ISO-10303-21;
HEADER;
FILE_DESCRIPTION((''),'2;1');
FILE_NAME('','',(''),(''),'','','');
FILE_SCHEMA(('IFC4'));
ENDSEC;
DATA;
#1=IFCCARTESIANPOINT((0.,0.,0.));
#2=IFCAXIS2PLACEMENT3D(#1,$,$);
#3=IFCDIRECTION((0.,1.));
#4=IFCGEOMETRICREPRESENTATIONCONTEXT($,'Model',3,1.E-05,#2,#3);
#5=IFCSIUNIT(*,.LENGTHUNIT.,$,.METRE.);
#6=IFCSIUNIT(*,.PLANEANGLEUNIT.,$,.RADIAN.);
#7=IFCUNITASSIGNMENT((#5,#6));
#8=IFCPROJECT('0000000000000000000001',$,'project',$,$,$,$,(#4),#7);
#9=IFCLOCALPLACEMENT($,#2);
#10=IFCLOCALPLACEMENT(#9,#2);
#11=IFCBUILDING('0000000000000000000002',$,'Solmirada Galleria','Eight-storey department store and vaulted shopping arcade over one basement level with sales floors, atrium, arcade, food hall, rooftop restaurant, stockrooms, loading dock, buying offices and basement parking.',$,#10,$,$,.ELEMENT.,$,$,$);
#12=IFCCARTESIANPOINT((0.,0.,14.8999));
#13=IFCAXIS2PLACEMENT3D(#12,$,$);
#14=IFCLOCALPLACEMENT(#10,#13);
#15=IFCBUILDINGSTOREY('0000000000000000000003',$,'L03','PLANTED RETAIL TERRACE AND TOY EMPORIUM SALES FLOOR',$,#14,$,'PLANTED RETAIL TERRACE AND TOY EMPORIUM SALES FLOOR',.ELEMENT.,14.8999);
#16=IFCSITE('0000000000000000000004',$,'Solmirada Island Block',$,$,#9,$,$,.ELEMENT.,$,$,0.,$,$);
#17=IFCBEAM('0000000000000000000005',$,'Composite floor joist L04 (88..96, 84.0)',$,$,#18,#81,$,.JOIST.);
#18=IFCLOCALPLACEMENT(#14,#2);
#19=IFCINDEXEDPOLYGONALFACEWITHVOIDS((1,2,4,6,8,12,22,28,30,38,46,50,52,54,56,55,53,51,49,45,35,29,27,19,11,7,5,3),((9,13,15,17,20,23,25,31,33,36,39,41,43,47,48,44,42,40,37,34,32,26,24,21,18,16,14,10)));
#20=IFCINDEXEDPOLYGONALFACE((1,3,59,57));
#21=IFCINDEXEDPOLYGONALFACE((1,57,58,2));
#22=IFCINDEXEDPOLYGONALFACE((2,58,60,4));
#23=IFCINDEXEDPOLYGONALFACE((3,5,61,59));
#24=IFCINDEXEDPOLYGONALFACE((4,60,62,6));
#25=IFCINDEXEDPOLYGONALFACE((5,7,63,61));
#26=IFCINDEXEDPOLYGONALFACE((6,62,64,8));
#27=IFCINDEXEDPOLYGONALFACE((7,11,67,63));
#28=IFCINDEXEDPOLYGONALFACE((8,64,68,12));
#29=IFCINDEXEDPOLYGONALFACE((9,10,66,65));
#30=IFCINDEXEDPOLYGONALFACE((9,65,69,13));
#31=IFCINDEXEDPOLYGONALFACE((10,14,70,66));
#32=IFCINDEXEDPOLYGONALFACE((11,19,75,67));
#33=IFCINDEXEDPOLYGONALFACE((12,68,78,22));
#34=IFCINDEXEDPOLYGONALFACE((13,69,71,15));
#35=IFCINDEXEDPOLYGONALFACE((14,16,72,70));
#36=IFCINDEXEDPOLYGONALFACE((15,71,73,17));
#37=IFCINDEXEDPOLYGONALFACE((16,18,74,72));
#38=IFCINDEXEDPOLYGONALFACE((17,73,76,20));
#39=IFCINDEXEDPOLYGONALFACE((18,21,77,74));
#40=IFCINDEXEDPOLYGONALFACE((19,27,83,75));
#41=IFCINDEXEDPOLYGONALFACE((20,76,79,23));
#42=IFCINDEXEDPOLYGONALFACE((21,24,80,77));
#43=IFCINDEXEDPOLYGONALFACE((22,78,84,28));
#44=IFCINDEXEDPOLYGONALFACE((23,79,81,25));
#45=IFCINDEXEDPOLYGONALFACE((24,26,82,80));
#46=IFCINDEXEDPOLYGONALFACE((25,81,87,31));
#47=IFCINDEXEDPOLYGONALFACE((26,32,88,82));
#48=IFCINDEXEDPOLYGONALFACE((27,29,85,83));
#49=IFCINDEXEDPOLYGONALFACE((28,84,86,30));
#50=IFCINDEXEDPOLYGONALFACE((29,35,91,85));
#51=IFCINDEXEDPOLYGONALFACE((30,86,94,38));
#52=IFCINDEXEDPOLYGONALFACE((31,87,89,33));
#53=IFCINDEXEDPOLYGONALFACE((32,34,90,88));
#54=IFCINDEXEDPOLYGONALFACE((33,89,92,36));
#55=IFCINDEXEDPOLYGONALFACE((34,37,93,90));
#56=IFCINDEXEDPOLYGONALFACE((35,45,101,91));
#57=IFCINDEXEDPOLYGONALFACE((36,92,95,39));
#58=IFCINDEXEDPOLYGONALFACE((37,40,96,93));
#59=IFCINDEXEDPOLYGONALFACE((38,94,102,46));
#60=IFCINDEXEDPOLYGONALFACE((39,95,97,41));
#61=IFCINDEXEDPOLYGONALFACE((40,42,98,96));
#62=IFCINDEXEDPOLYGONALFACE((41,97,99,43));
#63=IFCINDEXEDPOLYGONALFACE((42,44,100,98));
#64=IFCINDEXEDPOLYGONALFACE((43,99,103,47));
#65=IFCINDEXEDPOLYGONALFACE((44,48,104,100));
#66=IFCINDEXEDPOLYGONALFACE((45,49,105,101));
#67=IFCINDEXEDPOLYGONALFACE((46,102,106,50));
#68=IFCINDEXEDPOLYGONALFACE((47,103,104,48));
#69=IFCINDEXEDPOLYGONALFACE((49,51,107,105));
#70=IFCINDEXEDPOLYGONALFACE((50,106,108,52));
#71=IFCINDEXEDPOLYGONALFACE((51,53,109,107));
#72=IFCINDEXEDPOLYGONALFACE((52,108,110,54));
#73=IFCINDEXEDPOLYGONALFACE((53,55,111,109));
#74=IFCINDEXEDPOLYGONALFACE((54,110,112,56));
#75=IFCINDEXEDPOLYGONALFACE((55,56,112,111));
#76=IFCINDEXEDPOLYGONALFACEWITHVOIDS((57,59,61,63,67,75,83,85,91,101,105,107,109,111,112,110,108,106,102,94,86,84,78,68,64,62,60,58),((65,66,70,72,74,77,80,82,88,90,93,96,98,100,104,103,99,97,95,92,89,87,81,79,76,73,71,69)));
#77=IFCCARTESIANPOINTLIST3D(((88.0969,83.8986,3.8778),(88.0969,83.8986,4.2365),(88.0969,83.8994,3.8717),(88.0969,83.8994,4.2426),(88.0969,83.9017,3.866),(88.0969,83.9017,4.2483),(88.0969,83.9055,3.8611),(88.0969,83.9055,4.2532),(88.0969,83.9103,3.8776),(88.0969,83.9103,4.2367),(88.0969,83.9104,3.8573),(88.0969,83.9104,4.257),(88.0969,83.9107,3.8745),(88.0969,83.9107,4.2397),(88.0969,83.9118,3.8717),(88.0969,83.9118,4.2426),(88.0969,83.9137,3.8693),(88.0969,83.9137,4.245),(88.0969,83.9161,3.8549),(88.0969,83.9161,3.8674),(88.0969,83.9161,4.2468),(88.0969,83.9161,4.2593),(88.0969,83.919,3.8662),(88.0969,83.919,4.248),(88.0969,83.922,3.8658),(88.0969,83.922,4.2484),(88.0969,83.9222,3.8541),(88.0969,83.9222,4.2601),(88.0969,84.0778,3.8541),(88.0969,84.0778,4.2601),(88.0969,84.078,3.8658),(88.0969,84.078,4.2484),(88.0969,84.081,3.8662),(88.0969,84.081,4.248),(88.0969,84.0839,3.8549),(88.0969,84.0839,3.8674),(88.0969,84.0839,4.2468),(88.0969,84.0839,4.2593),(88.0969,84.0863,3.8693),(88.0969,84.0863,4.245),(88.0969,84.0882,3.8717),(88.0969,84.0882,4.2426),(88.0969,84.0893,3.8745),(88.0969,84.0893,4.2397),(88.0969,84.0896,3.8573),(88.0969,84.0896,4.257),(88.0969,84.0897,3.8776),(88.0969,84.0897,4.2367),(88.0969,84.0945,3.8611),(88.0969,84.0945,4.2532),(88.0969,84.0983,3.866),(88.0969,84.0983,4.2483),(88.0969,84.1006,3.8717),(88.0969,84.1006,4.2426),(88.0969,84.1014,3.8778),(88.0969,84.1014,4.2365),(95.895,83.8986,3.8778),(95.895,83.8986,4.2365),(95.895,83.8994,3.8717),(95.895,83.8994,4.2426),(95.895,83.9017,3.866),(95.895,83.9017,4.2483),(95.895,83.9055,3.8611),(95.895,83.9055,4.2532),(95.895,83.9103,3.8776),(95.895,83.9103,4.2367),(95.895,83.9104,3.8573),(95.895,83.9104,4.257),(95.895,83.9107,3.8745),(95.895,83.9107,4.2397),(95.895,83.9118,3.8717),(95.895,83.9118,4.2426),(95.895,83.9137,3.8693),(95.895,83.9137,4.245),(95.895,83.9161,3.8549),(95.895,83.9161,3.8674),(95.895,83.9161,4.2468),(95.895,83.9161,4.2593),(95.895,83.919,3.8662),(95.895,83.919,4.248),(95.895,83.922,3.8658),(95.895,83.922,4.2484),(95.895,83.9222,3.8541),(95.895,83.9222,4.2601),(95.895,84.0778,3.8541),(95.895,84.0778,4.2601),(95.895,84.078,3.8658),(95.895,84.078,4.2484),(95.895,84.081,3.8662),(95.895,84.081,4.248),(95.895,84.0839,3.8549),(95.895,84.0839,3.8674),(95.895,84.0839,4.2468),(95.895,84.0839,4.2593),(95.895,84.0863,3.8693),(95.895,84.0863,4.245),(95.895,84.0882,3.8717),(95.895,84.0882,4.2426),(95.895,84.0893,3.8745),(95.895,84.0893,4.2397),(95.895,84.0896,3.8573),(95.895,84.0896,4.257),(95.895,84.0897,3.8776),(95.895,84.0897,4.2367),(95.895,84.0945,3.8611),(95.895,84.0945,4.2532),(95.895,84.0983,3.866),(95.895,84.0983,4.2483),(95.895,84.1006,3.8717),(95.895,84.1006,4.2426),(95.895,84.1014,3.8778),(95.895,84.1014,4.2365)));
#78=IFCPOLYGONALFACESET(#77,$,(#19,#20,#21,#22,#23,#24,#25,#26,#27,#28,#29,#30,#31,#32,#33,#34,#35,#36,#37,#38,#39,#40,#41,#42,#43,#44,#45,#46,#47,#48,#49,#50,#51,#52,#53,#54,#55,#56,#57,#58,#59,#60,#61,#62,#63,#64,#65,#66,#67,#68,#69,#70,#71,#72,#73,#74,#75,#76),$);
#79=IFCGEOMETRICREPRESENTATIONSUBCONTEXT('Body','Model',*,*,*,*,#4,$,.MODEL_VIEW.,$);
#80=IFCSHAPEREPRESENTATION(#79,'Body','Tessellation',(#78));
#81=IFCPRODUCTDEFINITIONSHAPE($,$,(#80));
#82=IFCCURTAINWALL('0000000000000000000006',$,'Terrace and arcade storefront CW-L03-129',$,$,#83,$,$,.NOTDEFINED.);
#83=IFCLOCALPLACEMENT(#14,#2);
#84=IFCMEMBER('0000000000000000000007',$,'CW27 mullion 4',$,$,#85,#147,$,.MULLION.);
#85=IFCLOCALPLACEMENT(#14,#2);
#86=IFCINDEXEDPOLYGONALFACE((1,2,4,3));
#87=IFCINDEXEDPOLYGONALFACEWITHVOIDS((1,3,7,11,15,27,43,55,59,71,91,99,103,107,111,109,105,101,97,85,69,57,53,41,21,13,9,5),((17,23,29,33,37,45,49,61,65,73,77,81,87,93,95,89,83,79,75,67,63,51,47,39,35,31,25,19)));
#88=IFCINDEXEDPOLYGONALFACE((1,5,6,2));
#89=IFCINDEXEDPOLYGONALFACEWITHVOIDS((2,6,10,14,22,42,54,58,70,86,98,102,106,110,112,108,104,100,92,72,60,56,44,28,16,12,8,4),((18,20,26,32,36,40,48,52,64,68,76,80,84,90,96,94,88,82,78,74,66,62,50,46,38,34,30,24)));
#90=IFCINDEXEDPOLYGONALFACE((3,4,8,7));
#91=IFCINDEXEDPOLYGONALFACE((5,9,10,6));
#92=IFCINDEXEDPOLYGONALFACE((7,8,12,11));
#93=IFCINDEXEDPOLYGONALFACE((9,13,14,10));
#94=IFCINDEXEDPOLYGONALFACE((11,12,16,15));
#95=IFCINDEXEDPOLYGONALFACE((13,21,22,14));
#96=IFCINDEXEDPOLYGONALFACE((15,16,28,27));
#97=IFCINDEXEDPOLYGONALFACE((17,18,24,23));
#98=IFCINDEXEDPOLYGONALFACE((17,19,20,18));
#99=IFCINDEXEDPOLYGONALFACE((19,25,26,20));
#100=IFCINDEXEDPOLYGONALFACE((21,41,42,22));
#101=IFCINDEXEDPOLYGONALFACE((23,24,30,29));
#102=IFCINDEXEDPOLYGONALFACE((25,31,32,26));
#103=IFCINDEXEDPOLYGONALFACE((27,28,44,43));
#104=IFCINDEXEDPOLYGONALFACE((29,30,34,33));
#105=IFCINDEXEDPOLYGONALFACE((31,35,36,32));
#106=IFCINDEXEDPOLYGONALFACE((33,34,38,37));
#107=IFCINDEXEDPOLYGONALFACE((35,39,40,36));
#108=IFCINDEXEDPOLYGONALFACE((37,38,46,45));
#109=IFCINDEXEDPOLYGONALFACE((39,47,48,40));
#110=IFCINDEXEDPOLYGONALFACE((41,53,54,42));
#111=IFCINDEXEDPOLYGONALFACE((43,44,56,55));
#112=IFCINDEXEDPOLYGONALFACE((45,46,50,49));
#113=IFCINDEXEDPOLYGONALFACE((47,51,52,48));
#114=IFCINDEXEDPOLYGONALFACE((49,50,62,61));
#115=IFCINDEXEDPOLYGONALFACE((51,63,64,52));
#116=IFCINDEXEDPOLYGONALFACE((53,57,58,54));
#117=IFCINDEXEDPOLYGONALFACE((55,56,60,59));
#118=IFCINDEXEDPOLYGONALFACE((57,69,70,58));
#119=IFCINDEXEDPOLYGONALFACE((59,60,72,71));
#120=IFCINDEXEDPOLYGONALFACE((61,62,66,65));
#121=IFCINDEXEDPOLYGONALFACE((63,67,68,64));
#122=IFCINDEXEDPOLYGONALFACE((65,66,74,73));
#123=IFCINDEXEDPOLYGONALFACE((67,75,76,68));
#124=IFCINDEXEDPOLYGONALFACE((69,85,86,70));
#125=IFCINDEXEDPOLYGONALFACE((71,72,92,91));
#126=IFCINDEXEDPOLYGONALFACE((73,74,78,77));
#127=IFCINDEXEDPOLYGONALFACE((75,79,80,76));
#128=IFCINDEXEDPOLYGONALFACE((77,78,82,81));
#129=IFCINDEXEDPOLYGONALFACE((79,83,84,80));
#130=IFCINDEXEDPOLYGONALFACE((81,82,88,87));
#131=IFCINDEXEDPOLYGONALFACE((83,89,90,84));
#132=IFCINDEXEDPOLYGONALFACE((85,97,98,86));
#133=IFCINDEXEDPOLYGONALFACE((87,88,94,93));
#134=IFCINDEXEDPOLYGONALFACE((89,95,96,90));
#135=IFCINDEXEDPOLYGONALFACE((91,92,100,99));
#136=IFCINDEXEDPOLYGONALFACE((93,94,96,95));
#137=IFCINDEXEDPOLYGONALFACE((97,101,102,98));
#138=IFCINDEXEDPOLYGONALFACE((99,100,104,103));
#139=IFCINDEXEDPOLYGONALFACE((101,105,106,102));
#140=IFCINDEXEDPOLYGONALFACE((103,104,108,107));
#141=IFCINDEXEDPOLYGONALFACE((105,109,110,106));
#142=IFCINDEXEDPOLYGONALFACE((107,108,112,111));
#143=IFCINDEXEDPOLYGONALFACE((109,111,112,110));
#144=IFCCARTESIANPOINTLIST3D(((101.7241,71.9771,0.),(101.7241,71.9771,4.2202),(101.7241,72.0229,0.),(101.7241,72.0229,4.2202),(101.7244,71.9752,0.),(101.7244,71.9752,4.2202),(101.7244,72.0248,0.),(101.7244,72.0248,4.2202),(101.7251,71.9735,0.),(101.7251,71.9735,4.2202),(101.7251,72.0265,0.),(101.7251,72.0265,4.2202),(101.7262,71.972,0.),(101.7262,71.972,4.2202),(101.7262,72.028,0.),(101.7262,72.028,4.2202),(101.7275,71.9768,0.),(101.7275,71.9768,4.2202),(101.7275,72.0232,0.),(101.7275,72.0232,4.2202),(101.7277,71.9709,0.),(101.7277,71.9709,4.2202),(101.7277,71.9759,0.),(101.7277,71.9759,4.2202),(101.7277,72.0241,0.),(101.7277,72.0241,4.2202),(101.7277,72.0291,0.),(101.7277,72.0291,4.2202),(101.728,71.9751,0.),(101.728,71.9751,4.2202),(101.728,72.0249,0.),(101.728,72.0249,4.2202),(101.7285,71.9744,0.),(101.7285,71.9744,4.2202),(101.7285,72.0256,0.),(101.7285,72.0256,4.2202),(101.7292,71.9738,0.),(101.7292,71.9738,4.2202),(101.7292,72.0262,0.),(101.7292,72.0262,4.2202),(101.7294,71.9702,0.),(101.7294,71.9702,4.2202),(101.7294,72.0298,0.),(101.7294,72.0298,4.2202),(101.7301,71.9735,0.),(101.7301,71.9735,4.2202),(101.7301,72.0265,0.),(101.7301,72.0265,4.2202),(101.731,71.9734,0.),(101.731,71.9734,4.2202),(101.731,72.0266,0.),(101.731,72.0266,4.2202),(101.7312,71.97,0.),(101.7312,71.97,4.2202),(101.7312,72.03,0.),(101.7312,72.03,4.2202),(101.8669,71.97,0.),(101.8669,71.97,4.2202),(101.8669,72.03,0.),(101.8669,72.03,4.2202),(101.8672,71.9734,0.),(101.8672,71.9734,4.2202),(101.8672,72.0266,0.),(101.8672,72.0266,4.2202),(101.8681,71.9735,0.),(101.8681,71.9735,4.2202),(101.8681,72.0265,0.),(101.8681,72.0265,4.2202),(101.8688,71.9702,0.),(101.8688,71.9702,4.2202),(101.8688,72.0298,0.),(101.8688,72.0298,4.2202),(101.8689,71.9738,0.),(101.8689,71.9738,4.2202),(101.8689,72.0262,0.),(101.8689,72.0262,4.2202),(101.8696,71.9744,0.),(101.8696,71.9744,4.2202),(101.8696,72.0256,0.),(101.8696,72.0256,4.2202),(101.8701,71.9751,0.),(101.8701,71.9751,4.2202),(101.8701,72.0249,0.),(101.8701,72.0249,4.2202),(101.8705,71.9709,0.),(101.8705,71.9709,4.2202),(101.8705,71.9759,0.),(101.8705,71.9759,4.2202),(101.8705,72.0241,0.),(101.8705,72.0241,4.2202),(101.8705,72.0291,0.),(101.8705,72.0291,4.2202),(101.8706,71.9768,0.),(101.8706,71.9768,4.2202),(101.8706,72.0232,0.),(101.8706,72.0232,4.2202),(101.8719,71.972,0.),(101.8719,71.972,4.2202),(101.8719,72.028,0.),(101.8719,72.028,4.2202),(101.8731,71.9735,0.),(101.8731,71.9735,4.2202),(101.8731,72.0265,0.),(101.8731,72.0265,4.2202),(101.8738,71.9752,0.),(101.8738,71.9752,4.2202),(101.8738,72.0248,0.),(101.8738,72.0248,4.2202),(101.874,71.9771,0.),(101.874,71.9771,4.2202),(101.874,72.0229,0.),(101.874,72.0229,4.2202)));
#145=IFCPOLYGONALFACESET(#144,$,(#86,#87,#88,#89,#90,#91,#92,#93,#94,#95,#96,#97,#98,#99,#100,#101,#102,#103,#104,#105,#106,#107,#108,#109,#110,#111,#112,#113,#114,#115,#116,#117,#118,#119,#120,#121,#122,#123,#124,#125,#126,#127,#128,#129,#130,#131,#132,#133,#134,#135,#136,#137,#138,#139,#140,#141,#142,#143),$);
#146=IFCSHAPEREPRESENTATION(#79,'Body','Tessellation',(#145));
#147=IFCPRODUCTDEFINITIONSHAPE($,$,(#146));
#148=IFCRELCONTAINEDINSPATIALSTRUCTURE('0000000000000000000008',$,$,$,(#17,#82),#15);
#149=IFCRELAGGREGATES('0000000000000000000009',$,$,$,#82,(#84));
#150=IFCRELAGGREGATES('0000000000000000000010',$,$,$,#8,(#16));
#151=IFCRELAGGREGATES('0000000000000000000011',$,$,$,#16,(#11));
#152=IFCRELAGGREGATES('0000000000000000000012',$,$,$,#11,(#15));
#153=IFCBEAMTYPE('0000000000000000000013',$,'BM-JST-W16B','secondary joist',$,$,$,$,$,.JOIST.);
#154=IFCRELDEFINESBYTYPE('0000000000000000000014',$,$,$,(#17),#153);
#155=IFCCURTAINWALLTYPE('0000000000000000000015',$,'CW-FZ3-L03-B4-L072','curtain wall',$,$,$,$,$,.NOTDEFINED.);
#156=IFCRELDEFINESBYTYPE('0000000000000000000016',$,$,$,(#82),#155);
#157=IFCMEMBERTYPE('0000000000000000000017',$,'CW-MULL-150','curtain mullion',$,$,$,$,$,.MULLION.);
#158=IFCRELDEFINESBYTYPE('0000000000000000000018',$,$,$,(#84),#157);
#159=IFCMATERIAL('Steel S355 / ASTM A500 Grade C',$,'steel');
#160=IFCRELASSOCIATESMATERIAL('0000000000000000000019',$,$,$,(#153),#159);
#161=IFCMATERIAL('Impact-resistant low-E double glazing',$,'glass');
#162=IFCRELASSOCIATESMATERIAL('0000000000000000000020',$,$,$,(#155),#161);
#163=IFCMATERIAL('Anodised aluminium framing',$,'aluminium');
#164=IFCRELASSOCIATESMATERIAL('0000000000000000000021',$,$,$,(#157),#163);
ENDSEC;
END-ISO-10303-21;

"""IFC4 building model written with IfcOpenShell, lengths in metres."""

from ifc_helpers import new_model, si_unit, direction, frame, origin, origin_2d, place, context, subcontext, project, spatial, hollow_rectangle, extrude, material, material_profile, profile_set, type_object, element, aggregate, save


model = new_model("IFC4")

# Units and contexts
model_context = context("Model", 3, precision=1e-05, world=origin(), true_north=direction((0.0, 1.0)))
body_context = subcontext(model_context, "Body", "Model", "MODEL_VIEW")
ifc_project = project(units=[si_unit("LENGTHUNIT", "METRE"), si_unit("PLANEANGLEUNIT", "RADIAN")], contexts=[model_context])

# Site, building, storey
site_placement = place(None, origin())
site = spatial("IfcSite", under=ifc_project, at=site_placement, Name="Solmirada Island Block", CompositionType="ELEMENT", RefElevation=0.0)
building_placement = place(site_placement, origin())
building = spatial("IfcBuilding", under=site, at=building_placement, Name="Solmirada Galleria", Description="Eight-storey department store and vaulted shopping arcade over one basement level with sales floors, atrium, arcade, food hall, rooftop restaurant, stockrooms, loading dock, buying offices and basement parking.", CompositionType="ELEMENT")
storey_placement = place(building_placement, frame((0.0, 0.0, 14.8999)))
storey = spatial("IfcBuildingStorey", under=building, at=storey_placement, Name="L03", Description="PLANTED RETAIL TERRACE AND TOY EMPORIUM SALES FLOOR", LongName="PLANTED RETAIL TERRACE AND TOY EMPORIUM SALES FLOOR", CompositionType="ELEMENT", Elevation=14.8999)

# Beam
ifc_material_1 = material(Name="Steel S355 / ASTM A500 Grade C", Category="steel")
ifc_material_profile_1 = material_profile(ifc_material_1, hollow_rectangle(XDim=0.2029, YDim=0.406, WallThickness=0.0117, InnerFilletRadius=0.0117, OuterFilletRadius=0.0237, at=origin_2d()), Name="HSS16X8X1/2")
ifc_profile_set_1 = profile_set([ifc_material_profile_1], Name="Steel S355 / ASTM A500 Grade C")
beam_type_1 = type_object("IfcBeamType", Name="BM-JST-W16B", Description="secondary joist", PredefinedType="JOIST", material=ifc_profile_set_1)
for number, where, z_axis, x_axis, name in (
    (1, (88.0969, 84.0, 4.0571), (1.0, 0.0, 0.0), (0.0, 1.0, 0.0), "Composite floor joist L04 (88..96, 84.0)"),
):
    element("IfcBeam", number, at=place(storey_placement, frame(where, z_axis=z_axis, x_axis=x_axis)), inside=storey, type_object=beam_type_1, Name=name, PredefinedType="JOIST", context=body_context, shape_type="SweptSolid", body=[
        extrude(hollow_rectangle(XDim=0.2029, YDim=0.406, WallThickness=0.0117, InnerFilletRadius=0.0117, OuterFilletRadius=0.0237, at=origin_2d()), origin(), (0.0, 0.0, 1.0), 7.7981),
    ])

# Curtain wall, member
ifc_material_2 = material(Name="Impact-resistant low-E double glazing", Category="glass")
curtain_wall_type = type_object("IfcCurtainWallType", Name="CW-FZ3-L03-B4-L072", Description="curtain wall", PredefinedType="NOTDEFINED", material=ifc_material_2)
curtain_wall_placement = place(storey_placement, origin())
curtain_wall = element("IfcCurtainWall", 2, at=curtain_wall_placement, inside=storey, type_object=curtain_wall_type, Name="Terrace and arcade storefront CW-L03-129", PredefinedType="NOTDEFINED")
ifc_material_3 = material(Name="Anodised aluminium framing", Category="aluminium")
ifc_material_profile_2 = material_profile(ifc_material_3, hollow_rectangle(XDim=0.0601, YDim=0.1499, WallThickness=0.0034, InnerFilletRadius=0.0034, OuterFilletRadius=0.0071, at=origin_2d()), Name="ALU-MULL-150X60")
ifc_profile_set_2 = profile_set([ifc_material_profile_2], Name="Anodised aluminium framing")
member_type_1 = type_object("IfcMemberType", Name="CW-MULL-150", Description="curtain mullion", PredefinedType="MULLION", material=ifc_profile_set_2)
member_1_placement = place(storey_placement, frame((101.7991, 72.0, 0.0), z_axis=(0.0, 0.0, 1.0), x_axis=(0.0, 1.0, 0.0)))
member_1 = element("IfcMember", 3, at=member_1_placement, type_object=member_type_1, Name="CW27 mullion 4", PredefinedType="MULLION", context=body_context, shape_type="SweptSolid", body=[
    extrude(hollow_rectangle(XDim=0.0601, YDim=0.1499, WallThickness=0.0034, InnerFilletRadius=0.0034, OuterFilletRadius=0.0071, at=origin_2d()), origin(), (0.0, 0.0, 1.0), 4.2202),
])
aggregate(curtain_wall, [member_1])

save(model, "model.ifc")
